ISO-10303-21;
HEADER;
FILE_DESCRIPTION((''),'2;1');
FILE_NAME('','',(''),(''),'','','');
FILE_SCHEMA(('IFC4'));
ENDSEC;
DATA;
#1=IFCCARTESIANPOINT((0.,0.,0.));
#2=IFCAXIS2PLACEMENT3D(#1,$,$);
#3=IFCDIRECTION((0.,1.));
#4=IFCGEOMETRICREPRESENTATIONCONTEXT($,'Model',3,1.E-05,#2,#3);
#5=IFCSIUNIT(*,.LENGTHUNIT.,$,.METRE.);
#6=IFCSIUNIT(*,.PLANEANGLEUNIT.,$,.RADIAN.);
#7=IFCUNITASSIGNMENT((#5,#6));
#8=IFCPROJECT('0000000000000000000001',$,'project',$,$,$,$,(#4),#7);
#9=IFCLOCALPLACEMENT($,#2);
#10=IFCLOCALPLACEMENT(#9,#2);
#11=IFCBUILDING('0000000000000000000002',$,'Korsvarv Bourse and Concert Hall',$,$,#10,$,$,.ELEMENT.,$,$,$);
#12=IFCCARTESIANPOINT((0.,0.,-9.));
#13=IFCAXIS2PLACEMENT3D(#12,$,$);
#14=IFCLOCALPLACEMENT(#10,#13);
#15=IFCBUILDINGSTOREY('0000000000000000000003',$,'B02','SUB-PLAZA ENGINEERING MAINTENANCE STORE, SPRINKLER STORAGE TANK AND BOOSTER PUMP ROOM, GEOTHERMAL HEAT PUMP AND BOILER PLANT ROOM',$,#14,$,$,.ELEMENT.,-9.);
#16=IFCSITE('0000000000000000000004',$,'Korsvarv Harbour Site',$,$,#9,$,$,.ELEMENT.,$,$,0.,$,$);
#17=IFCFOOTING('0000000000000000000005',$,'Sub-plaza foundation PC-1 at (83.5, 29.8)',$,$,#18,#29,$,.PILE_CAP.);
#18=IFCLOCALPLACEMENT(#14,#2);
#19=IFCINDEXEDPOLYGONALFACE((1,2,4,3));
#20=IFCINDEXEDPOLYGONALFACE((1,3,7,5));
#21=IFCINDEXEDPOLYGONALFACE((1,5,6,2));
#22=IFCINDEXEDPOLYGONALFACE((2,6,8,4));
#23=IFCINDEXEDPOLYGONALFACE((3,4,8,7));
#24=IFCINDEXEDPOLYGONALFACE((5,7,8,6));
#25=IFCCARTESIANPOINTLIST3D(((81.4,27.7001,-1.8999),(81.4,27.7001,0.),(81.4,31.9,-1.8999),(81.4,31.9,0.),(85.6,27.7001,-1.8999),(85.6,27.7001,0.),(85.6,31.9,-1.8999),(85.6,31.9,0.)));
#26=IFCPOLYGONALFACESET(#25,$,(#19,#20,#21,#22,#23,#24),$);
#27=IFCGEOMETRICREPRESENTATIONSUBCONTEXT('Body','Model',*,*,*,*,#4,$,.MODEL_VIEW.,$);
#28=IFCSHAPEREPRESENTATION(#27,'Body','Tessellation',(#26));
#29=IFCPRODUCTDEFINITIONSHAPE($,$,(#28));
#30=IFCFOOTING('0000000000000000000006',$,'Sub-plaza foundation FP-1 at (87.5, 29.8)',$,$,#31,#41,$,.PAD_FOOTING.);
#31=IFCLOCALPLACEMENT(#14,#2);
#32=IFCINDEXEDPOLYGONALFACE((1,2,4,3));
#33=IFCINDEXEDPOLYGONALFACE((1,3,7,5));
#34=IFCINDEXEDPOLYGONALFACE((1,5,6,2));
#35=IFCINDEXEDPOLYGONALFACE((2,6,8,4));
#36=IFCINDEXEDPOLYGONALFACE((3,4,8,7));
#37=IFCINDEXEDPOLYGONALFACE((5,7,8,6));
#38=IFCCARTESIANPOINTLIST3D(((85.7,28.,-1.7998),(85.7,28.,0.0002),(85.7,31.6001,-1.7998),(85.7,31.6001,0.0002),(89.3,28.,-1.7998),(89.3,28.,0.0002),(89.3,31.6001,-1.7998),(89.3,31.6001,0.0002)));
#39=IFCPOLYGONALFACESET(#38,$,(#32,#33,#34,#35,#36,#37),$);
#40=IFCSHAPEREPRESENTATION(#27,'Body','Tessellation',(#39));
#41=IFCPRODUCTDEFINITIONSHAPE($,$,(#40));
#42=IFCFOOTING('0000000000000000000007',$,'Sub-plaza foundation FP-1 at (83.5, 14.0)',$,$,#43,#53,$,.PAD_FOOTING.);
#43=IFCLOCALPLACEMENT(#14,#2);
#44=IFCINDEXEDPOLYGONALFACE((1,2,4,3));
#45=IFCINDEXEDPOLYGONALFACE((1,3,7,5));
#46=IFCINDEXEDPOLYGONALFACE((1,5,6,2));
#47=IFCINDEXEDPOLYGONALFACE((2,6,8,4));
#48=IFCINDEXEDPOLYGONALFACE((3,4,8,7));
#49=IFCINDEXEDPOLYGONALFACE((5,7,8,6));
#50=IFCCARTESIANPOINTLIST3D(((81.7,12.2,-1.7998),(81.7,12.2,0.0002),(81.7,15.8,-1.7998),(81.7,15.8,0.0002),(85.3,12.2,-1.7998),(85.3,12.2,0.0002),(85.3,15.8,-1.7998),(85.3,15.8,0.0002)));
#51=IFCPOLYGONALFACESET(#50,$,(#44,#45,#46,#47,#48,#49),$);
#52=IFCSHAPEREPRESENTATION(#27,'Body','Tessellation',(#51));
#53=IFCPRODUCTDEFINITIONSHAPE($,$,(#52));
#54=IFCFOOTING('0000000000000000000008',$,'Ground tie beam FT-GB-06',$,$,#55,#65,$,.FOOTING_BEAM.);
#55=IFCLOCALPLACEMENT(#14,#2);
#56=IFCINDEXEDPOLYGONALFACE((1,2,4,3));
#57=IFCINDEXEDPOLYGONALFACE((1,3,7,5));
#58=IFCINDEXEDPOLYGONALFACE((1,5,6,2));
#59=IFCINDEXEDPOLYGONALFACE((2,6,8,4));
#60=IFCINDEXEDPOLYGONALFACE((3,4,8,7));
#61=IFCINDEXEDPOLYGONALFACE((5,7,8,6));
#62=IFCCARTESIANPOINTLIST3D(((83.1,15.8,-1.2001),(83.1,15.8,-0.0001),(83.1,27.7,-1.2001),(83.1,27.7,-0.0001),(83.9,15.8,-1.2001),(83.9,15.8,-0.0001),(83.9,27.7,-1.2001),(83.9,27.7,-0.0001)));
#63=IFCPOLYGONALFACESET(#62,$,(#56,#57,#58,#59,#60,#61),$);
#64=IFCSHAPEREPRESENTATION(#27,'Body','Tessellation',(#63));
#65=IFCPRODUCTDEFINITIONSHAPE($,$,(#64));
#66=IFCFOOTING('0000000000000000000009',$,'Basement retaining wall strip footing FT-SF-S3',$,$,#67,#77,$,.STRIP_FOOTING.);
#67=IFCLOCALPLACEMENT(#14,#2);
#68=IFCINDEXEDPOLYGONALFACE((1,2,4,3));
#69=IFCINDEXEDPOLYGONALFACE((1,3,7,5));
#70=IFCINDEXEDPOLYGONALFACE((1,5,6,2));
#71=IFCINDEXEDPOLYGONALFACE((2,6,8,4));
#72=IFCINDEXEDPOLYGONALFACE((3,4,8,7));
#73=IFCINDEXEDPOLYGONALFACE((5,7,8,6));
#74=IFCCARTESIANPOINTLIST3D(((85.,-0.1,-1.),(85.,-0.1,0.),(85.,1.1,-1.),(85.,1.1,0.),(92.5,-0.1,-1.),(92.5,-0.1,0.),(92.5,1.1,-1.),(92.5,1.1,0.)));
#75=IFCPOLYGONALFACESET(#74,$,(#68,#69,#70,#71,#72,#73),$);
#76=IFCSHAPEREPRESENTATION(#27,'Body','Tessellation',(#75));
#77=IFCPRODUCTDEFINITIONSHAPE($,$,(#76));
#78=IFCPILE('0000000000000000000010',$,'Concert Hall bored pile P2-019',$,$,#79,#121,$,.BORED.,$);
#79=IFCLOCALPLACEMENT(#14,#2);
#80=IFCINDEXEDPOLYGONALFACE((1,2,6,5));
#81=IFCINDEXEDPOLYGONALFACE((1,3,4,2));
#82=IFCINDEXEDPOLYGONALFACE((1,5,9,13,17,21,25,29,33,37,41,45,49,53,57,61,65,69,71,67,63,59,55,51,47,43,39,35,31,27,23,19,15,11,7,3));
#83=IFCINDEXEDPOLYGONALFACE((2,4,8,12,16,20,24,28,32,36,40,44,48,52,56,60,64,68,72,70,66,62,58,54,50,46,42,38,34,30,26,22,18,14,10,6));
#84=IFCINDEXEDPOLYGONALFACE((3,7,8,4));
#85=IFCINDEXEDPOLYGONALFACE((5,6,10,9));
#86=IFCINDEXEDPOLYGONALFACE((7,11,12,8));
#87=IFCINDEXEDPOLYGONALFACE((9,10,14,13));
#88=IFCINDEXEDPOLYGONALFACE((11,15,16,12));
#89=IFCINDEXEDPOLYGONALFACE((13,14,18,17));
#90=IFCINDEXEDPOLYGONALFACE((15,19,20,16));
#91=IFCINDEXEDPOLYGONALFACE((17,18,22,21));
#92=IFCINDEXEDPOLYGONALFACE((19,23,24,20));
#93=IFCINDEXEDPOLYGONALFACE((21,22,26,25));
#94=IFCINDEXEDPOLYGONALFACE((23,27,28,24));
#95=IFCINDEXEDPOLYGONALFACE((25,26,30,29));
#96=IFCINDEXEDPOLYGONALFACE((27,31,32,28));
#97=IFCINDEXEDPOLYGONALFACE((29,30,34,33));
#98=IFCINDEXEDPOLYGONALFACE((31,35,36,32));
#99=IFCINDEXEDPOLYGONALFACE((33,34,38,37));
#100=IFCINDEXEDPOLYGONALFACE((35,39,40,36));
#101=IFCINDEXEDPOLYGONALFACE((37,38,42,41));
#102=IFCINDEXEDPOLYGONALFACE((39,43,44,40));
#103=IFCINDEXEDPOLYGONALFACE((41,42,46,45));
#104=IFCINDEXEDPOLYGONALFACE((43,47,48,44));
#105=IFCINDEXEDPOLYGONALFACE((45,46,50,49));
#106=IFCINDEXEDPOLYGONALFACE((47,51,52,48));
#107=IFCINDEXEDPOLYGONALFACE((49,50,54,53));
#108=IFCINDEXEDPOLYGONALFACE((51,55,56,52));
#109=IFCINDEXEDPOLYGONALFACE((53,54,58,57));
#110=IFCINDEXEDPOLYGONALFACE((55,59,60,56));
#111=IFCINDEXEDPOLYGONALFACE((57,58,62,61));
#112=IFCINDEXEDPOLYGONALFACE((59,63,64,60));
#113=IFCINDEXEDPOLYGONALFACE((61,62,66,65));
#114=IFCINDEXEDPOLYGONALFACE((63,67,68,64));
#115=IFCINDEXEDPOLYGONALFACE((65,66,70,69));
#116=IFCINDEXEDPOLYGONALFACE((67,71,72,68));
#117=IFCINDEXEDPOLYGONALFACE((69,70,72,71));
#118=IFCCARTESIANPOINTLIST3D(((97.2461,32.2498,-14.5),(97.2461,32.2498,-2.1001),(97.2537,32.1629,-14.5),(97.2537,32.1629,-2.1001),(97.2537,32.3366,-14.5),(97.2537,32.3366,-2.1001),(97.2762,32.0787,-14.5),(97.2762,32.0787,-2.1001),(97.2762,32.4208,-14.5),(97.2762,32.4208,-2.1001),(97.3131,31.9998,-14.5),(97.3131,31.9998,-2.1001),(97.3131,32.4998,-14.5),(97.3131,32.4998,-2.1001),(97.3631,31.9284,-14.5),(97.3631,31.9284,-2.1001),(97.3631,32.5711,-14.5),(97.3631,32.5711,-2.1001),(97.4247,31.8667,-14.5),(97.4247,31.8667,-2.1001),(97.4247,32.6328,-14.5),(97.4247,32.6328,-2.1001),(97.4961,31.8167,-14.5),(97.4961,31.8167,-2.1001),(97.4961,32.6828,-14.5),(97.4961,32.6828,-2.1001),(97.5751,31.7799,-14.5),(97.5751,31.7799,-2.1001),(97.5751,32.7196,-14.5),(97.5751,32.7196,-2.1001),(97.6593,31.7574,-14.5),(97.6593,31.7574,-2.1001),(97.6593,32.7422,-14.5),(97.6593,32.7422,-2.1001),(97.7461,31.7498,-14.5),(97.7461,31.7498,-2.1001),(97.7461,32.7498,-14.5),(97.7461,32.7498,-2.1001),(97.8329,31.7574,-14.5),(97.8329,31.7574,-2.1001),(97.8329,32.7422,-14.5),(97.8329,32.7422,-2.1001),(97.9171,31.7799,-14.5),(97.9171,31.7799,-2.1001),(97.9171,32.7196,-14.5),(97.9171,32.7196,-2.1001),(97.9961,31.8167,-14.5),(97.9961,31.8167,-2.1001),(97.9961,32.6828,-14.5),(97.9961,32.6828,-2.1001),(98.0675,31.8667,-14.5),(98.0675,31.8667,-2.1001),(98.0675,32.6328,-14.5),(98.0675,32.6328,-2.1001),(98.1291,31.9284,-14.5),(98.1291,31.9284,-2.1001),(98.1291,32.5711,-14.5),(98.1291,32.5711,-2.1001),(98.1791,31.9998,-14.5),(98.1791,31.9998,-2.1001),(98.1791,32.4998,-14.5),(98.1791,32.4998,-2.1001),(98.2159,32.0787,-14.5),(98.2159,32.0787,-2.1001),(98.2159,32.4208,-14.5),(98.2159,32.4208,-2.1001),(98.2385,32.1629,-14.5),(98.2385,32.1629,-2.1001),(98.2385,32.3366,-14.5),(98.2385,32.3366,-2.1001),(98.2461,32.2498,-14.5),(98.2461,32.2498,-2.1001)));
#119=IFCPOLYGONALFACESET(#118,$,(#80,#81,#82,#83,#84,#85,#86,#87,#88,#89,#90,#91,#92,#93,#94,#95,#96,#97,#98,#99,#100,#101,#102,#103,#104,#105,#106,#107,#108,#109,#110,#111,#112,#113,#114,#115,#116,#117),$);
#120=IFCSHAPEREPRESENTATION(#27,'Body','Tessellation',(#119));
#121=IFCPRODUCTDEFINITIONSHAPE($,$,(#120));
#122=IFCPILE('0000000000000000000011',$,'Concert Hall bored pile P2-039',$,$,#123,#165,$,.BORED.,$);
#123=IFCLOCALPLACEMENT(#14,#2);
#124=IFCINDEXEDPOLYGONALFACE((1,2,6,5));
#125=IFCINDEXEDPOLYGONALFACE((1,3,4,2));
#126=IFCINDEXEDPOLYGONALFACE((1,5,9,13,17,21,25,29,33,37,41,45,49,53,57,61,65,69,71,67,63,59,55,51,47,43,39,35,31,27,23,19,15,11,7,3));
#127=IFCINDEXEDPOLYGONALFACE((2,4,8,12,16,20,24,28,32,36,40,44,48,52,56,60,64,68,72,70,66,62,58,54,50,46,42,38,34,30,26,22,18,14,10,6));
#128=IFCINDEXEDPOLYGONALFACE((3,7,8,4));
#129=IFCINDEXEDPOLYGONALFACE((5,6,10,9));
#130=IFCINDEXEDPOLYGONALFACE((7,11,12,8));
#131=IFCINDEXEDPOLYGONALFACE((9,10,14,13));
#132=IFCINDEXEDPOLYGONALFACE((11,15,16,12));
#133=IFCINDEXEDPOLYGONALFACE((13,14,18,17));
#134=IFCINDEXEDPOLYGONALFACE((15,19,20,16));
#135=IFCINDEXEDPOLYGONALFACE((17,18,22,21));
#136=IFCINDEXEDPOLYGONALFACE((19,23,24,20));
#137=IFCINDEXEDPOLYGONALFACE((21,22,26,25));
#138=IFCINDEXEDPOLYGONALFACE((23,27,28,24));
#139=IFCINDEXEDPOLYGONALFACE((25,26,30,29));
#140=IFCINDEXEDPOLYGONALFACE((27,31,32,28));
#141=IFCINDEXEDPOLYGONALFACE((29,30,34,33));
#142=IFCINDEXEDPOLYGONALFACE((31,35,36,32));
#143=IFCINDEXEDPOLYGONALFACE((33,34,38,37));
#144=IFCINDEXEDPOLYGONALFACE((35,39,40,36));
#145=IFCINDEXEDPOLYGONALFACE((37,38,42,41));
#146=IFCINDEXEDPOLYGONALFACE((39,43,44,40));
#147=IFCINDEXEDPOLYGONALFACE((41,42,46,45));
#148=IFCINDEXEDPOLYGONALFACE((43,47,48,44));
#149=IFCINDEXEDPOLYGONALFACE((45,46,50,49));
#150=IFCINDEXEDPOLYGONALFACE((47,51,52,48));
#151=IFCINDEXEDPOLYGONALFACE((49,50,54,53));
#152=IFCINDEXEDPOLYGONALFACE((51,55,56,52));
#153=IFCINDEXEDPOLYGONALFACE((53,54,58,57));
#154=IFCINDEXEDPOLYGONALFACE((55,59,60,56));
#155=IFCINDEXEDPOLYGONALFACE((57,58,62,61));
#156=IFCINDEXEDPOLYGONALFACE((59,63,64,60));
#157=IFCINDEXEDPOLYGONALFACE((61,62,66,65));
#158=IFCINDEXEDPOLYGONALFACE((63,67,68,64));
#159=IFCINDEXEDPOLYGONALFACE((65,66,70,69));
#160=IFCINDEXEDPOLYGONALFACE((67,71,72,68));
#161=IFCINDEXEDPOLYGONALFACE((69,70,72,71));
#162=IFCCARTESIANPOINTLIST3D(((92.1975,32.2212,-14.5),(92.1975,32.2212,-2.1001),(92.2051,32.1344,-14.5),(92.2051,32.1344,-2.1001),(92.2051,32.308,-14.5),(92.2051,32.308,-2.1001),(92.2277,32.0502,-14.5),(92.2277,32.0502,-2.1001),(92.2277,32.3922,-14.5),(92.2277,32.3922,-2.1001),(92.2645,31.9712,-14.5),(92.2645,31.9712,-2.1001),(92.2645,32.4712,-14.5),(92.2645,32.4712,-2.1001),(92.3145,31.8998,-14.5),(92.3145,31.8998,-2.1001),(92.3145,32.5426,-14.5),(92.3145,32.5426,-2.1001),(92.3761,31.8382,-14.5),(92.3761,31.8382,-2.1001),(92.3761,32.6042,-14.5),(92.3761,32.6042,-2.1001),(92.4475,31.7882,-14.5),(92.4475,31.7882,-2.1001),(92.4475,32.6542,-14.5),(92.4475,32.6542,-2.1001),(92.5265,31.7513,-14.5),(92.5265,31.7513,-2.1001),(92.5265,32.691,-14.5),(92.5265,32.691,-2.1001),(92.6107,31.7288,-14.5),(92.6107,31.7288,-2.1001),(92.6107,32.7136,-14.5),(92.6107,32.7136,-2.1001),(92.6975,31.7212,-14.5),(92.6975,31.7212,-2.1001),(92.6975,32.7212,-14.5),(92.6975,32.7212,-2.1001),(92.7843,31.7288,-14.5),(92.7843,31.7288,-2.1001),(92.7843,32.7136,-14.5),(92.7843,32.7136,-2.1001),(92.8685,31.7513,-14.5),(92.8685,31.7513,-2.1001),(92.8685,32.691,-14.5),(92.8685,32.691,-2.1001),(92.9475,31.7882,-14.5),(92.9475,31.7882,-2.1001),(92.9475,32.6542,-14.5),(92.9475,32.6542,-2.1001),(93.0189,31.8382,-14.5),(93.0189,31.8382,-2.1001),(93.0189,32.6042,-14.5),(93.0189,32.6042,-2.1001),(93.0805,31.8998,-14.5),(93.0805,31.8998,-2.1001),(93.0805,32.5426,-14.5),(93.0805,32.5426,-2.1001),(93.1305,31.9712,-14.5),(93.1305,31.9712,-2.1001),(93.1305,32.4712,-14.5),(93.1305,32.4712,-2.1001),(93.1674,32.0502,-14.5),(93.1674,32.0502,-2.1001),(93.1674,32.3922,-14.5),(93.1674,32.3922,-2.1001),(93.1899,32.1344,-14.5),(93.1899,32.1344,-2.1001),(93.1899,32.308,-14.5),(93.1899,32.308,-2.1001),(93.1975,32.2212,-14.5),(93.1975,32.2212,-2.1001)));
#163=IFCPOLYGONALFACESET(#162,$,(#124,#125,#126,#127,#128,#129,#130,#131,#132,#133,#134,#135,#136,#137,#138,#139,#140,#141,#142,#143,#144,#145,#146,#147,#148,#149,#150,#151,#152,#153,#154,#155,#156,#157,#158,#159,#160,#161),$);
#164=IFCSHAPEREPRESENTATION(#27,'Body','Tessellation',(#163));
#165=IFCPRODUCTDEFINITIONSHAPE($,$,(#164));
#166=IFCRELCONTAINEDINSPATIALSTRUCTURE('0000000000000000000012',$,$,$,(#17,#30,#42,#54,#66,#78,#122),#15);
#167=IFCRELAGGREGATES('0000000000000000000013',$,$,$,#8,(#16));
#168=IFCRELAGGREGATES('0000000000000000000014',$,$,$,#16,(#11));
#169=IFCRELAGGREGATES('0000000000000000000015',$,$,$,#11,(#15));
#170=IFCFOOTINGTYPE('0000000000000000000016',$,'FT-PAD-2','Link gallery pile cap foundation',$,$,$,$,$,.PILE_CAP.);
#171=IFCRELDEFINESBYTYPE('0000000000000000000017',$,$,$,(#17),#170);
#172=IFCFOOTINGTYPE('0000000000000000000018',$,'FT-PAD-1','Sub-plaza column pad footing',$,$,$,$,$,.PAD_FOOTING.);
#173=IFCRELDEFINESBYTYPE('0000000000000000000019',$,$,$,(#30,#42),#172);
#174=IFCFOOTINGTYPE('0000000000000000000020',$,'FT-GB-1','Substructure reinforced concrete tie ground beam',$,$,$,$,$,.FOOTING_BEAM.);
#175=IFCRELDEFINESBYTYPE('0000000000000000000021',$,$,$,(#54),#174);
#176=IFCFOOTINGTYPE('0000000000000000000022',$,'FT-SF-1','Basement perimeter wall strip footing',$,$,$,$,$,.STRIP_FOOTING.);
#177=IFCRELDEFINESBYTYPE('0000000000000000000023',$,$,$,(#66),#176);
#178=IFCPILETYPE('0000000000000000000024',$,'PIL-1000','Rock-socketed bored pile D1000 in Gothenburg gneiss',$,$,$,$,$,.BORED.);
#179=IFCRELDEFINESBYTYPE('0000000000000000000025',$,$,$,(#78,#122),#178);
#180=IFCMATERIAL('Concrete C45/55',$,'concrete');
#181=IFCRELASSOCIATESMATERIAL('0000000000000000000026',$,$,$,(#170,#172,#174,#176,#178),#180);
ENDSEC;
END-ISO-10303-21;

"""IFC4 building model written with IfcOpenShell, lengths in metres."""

from ifc_helpers import new_model, si_unit, direction, frame, origin, origin_2d, place, context, subcontext, project, spatial, rectangle, circle, extrude, source, transform, mapped, material, material_profile, profile_set, type_object, element, save


model = new_model("IFC4")

# Units and contexts
model_context = context("Model", 3, precision=1e-05, world=origin(), true_north=direction((0.0, 1.0)))
body_context = subcontext(model_context, "Body", "Model", "MODEL_VIEW")
ifc_project = project(units=[si_unit("LENGTHUNIT", "METRE"), si_unit("PLANEANGLEUNIT", "RADIAN")], contexts=[model_context])

# Site, building, storey
site_placement = place(None, origin())
site = spatial("IfcSite", under=ifc_project, at=site_placement, Name="Korsvarv Harbour Site", CompositionType="ELEMENT", RefElevation=0.0)
building_placement = place(site_placement, origin())
building = spatial("IfcBuilding", under=site, at=building_placement, Name="Korsvarv Bourse and Concert Hall", CompositionType="ELEMENT")
storey_placement = place(building_placement, frame((0.0, 0.0, -9.0)))
storey = spatial("IfcBuildingStorey", under=building, at=storey_placement, Name="B02", Description="SUB-PLAZA ENGINEERING MAINTENANCE STORE, SPRINKLER STORAGE TANK AND BOOSTER PUMP ROOM, GEOTHERMAL HEAT PUMP AND BOILER PLANT ROOM", CompositionType="ELEMENT", Elevation=-9.0)

# Footings
ifc_material_1 = material(Name="Concrete C45/55", Category="concrete")
footing_type_1 = type_object("IfcFootingType", Name="FT-PAD-2", Description="Link gallery pile cap foundation", PredefinedType="PILE_CAP", material=ifc_material_1)
shared_shape_1 = source(origin(), body_context, "Body", "SweptSolid", [
    extrude(rectangle(XDim=4.2, YDim=4.2, at=origin_2d()), origin(), (0.0, 0.0, 1.0), 1.8999),
])
footing_1_placement = place(storey_placement, frame((83.5, 29.8, -1.8999), z_axis=(0.0, 0.0, 1.0), x_axis=(1.0, 0.0, 0.0)))
element("IfcFooting", 1, at=footing_1_placement, inside=storey, type_object=footing_type_1, Name="Sub-plaza foundation PC-1 at (83.5, 29.8)", PredefinedType="PILE_CAP", context=body_context, shape_type="MappedRepresentation", body=[
    mapped(shared_shape_1, transform((0.0, 0.0, 0.0), scale=1.0)),
])
footing_type_2 = type_object("IfcFootingType", Name="FT-PAD-1", Description="Sub-plaza column pad footing", PredefinedType="PAD_FOOTING", material=ifc_material_1)
shared_shape_2 = source(origin(), body_context, "Body", "SweptSolid", [
    extrude(rectangle(XDim=3.6001, YDim=3.6001, at=origin_2d()), origin(), (0.0, 0.0, 1.0), 1.8),
])
for number, where, z_axis, x_axis, name in (
    (2, (87.5, 29.8, -1.7998), (0.0, 0.0, 1.0), (1.0, 0.0, 0.0), "Sub-plaza foundation FP-1 at (87.5, 29.8)"),
    (3, (83.5, 14.0, -1.7998), (0.0, 0.0, 1.0), (1.0, 0.0, 0.0), "Sub-plaza foundation FP-1 at (83.5, 14.0)"),
):
    element("IfcFooting", number, at=place(storey_placement, frame(where, z_axis=z_axis, x_axis=x_axis)), inside=storey, type_object=footing_type_2, Name=name, PredefinedType="PAD_FOOTING", context=body_context, shape_type="MappedRepresentation", body=[
        mapped(shared_shape_2, transform((0.0, 0.0, 0.0), scale=1.0)),
    ])
ifc_material_profile_1 = material_profile(ifc_material_1, rectangle(XDim=0.8, YDim=1.2, at=origin_2d()), Name="GB 800x1200")
ifc_profile_set_1 = profile_set([ifc_material_profile_1], Name="Concrete C45/55")
footing_type_3 = type_object("IfcFootingType", Name="FT-GB-1", Description="Substructure reinforced concrete tie ground beam", PredefinedType="FOOTING_BEAM", material=ifc_profile_set_1)
shared_shape_3 = source(origin(), body_context, "Body", "SweptSolid", [
    extrude(rectangle(XDim=0.8, YDim=1.2, at=origin_2d()), origin(), (0.0, 0.0, 1.0), 11.8999),
])
footing_2_placement = place(storey_placement, frame((83.5, 15.8, -0.6001), z_axis=(0.0, 1.0, 0.0), x_axis=(-1.0, 0.0, 0.0)))
element("IfcFooting", 4, at=footing_2_placement, inside=storey, type_object=footing_type_3, Name="Ground tie beam FT-GB-06", PredefinedType="FOOTING_BEAM", context=body_context, shape_type="MappedRepresentation", body=[
    mapped(shared_shape_3, transform((0.0, 0.0, 0.0), scale=1.0)),
])
ifc_material_profile_2 = material_profile(ifc_material_1, rectangle(XDim=1.2, YDim=1.0, at=origin_2d()), Name="SF 1200x1000")
ifc_profile_set_2 = profile_set([ifc_material_profile_2], Name="Concrete C45/55")
footing_type_4 = type_object("IfcFootingType", Name="FT-SF-1", Description="Basement perimeter wall strip footing", PredefinedType="STRIP_FOOTING", material=ifc_profile_set_2)
shared_shape_4 = source(origin(), body_context, "Body", "SweptSolid", [
    extrude(rectangle(XDim=1.2, YDim=1.0, at=origin_2d()), origin(), (0.0, 0.0, 1.0), 7.5),
])
footing_3_placement = place(storey_placement, frame((85.0, 0.5, -0.5), z_axis=(1.0, 0.0, 0.0), x_axis=(0.0, 1.0, 0.0)))
element("IfcFooting", 5, at=footing_3_placement, inside=storey, type_object=footing_type_4, Name="Basement retaining wall strip footing FT-SF-S3", PredefinedType="STRIP_FOOTING", context=body_context, shape_type="MappedRepresentation", body=[
    mapped(shared_shape_4, transform((0.0, 0.0, 0.0), scale=1.0)),
])

# Piles
ifc_material_profile_3 = material_profile(ifc_material_1, circle(Radius=0.5, at=origin_2d()), Name="PILE D1000")
ifc_profile_set_3 = profile_set([ifc_material_profile_3], Name="Concrete C45/55")
pile_type = type_object("IfcPileType", Name="PIL-1000", Description="Rock-socketed bored pile D1000 in Gothenburg gneiss", PredefinedType="BORED", material=ifc_profile_set_3)
shared_shape_5 = source(origin(), body_context, "Body", "SweptSolid", [
    extrude(circle(Radius=0.5, at=origin_2d()), origin(), (0.0, 0.0, 1.0), 12.3999),
])
for number, where, z_axis, x_axis, name in (
    (6, (97.7461, 32.2498, -2.1001), (0.0, 0.0, -1.0), (1.0, 0.0, 0.0), "Concert Hall bored pile P2-019"),
    (7, (92.6975, 32.2212, -2.1001), (0.0, 0.0, -1.0), (1.0, 0.0, 0.0), "Concert Hall bored pile P2-039"),
):
    element("IfcPile", number, at=place(storey_placement, frame(where, z_axis=z_axis, x_axis=x_axis)), inside=storey, type_object=pile_type, Name=name, PredefinedType="BORED", context=body_context, shape_type="MappedRepresentation", body=[
        mapped(shared_shape_5, transform((0.0, 0.0, 0.0), scale=1.0)),
    ])

save(model, "model.ifc")
